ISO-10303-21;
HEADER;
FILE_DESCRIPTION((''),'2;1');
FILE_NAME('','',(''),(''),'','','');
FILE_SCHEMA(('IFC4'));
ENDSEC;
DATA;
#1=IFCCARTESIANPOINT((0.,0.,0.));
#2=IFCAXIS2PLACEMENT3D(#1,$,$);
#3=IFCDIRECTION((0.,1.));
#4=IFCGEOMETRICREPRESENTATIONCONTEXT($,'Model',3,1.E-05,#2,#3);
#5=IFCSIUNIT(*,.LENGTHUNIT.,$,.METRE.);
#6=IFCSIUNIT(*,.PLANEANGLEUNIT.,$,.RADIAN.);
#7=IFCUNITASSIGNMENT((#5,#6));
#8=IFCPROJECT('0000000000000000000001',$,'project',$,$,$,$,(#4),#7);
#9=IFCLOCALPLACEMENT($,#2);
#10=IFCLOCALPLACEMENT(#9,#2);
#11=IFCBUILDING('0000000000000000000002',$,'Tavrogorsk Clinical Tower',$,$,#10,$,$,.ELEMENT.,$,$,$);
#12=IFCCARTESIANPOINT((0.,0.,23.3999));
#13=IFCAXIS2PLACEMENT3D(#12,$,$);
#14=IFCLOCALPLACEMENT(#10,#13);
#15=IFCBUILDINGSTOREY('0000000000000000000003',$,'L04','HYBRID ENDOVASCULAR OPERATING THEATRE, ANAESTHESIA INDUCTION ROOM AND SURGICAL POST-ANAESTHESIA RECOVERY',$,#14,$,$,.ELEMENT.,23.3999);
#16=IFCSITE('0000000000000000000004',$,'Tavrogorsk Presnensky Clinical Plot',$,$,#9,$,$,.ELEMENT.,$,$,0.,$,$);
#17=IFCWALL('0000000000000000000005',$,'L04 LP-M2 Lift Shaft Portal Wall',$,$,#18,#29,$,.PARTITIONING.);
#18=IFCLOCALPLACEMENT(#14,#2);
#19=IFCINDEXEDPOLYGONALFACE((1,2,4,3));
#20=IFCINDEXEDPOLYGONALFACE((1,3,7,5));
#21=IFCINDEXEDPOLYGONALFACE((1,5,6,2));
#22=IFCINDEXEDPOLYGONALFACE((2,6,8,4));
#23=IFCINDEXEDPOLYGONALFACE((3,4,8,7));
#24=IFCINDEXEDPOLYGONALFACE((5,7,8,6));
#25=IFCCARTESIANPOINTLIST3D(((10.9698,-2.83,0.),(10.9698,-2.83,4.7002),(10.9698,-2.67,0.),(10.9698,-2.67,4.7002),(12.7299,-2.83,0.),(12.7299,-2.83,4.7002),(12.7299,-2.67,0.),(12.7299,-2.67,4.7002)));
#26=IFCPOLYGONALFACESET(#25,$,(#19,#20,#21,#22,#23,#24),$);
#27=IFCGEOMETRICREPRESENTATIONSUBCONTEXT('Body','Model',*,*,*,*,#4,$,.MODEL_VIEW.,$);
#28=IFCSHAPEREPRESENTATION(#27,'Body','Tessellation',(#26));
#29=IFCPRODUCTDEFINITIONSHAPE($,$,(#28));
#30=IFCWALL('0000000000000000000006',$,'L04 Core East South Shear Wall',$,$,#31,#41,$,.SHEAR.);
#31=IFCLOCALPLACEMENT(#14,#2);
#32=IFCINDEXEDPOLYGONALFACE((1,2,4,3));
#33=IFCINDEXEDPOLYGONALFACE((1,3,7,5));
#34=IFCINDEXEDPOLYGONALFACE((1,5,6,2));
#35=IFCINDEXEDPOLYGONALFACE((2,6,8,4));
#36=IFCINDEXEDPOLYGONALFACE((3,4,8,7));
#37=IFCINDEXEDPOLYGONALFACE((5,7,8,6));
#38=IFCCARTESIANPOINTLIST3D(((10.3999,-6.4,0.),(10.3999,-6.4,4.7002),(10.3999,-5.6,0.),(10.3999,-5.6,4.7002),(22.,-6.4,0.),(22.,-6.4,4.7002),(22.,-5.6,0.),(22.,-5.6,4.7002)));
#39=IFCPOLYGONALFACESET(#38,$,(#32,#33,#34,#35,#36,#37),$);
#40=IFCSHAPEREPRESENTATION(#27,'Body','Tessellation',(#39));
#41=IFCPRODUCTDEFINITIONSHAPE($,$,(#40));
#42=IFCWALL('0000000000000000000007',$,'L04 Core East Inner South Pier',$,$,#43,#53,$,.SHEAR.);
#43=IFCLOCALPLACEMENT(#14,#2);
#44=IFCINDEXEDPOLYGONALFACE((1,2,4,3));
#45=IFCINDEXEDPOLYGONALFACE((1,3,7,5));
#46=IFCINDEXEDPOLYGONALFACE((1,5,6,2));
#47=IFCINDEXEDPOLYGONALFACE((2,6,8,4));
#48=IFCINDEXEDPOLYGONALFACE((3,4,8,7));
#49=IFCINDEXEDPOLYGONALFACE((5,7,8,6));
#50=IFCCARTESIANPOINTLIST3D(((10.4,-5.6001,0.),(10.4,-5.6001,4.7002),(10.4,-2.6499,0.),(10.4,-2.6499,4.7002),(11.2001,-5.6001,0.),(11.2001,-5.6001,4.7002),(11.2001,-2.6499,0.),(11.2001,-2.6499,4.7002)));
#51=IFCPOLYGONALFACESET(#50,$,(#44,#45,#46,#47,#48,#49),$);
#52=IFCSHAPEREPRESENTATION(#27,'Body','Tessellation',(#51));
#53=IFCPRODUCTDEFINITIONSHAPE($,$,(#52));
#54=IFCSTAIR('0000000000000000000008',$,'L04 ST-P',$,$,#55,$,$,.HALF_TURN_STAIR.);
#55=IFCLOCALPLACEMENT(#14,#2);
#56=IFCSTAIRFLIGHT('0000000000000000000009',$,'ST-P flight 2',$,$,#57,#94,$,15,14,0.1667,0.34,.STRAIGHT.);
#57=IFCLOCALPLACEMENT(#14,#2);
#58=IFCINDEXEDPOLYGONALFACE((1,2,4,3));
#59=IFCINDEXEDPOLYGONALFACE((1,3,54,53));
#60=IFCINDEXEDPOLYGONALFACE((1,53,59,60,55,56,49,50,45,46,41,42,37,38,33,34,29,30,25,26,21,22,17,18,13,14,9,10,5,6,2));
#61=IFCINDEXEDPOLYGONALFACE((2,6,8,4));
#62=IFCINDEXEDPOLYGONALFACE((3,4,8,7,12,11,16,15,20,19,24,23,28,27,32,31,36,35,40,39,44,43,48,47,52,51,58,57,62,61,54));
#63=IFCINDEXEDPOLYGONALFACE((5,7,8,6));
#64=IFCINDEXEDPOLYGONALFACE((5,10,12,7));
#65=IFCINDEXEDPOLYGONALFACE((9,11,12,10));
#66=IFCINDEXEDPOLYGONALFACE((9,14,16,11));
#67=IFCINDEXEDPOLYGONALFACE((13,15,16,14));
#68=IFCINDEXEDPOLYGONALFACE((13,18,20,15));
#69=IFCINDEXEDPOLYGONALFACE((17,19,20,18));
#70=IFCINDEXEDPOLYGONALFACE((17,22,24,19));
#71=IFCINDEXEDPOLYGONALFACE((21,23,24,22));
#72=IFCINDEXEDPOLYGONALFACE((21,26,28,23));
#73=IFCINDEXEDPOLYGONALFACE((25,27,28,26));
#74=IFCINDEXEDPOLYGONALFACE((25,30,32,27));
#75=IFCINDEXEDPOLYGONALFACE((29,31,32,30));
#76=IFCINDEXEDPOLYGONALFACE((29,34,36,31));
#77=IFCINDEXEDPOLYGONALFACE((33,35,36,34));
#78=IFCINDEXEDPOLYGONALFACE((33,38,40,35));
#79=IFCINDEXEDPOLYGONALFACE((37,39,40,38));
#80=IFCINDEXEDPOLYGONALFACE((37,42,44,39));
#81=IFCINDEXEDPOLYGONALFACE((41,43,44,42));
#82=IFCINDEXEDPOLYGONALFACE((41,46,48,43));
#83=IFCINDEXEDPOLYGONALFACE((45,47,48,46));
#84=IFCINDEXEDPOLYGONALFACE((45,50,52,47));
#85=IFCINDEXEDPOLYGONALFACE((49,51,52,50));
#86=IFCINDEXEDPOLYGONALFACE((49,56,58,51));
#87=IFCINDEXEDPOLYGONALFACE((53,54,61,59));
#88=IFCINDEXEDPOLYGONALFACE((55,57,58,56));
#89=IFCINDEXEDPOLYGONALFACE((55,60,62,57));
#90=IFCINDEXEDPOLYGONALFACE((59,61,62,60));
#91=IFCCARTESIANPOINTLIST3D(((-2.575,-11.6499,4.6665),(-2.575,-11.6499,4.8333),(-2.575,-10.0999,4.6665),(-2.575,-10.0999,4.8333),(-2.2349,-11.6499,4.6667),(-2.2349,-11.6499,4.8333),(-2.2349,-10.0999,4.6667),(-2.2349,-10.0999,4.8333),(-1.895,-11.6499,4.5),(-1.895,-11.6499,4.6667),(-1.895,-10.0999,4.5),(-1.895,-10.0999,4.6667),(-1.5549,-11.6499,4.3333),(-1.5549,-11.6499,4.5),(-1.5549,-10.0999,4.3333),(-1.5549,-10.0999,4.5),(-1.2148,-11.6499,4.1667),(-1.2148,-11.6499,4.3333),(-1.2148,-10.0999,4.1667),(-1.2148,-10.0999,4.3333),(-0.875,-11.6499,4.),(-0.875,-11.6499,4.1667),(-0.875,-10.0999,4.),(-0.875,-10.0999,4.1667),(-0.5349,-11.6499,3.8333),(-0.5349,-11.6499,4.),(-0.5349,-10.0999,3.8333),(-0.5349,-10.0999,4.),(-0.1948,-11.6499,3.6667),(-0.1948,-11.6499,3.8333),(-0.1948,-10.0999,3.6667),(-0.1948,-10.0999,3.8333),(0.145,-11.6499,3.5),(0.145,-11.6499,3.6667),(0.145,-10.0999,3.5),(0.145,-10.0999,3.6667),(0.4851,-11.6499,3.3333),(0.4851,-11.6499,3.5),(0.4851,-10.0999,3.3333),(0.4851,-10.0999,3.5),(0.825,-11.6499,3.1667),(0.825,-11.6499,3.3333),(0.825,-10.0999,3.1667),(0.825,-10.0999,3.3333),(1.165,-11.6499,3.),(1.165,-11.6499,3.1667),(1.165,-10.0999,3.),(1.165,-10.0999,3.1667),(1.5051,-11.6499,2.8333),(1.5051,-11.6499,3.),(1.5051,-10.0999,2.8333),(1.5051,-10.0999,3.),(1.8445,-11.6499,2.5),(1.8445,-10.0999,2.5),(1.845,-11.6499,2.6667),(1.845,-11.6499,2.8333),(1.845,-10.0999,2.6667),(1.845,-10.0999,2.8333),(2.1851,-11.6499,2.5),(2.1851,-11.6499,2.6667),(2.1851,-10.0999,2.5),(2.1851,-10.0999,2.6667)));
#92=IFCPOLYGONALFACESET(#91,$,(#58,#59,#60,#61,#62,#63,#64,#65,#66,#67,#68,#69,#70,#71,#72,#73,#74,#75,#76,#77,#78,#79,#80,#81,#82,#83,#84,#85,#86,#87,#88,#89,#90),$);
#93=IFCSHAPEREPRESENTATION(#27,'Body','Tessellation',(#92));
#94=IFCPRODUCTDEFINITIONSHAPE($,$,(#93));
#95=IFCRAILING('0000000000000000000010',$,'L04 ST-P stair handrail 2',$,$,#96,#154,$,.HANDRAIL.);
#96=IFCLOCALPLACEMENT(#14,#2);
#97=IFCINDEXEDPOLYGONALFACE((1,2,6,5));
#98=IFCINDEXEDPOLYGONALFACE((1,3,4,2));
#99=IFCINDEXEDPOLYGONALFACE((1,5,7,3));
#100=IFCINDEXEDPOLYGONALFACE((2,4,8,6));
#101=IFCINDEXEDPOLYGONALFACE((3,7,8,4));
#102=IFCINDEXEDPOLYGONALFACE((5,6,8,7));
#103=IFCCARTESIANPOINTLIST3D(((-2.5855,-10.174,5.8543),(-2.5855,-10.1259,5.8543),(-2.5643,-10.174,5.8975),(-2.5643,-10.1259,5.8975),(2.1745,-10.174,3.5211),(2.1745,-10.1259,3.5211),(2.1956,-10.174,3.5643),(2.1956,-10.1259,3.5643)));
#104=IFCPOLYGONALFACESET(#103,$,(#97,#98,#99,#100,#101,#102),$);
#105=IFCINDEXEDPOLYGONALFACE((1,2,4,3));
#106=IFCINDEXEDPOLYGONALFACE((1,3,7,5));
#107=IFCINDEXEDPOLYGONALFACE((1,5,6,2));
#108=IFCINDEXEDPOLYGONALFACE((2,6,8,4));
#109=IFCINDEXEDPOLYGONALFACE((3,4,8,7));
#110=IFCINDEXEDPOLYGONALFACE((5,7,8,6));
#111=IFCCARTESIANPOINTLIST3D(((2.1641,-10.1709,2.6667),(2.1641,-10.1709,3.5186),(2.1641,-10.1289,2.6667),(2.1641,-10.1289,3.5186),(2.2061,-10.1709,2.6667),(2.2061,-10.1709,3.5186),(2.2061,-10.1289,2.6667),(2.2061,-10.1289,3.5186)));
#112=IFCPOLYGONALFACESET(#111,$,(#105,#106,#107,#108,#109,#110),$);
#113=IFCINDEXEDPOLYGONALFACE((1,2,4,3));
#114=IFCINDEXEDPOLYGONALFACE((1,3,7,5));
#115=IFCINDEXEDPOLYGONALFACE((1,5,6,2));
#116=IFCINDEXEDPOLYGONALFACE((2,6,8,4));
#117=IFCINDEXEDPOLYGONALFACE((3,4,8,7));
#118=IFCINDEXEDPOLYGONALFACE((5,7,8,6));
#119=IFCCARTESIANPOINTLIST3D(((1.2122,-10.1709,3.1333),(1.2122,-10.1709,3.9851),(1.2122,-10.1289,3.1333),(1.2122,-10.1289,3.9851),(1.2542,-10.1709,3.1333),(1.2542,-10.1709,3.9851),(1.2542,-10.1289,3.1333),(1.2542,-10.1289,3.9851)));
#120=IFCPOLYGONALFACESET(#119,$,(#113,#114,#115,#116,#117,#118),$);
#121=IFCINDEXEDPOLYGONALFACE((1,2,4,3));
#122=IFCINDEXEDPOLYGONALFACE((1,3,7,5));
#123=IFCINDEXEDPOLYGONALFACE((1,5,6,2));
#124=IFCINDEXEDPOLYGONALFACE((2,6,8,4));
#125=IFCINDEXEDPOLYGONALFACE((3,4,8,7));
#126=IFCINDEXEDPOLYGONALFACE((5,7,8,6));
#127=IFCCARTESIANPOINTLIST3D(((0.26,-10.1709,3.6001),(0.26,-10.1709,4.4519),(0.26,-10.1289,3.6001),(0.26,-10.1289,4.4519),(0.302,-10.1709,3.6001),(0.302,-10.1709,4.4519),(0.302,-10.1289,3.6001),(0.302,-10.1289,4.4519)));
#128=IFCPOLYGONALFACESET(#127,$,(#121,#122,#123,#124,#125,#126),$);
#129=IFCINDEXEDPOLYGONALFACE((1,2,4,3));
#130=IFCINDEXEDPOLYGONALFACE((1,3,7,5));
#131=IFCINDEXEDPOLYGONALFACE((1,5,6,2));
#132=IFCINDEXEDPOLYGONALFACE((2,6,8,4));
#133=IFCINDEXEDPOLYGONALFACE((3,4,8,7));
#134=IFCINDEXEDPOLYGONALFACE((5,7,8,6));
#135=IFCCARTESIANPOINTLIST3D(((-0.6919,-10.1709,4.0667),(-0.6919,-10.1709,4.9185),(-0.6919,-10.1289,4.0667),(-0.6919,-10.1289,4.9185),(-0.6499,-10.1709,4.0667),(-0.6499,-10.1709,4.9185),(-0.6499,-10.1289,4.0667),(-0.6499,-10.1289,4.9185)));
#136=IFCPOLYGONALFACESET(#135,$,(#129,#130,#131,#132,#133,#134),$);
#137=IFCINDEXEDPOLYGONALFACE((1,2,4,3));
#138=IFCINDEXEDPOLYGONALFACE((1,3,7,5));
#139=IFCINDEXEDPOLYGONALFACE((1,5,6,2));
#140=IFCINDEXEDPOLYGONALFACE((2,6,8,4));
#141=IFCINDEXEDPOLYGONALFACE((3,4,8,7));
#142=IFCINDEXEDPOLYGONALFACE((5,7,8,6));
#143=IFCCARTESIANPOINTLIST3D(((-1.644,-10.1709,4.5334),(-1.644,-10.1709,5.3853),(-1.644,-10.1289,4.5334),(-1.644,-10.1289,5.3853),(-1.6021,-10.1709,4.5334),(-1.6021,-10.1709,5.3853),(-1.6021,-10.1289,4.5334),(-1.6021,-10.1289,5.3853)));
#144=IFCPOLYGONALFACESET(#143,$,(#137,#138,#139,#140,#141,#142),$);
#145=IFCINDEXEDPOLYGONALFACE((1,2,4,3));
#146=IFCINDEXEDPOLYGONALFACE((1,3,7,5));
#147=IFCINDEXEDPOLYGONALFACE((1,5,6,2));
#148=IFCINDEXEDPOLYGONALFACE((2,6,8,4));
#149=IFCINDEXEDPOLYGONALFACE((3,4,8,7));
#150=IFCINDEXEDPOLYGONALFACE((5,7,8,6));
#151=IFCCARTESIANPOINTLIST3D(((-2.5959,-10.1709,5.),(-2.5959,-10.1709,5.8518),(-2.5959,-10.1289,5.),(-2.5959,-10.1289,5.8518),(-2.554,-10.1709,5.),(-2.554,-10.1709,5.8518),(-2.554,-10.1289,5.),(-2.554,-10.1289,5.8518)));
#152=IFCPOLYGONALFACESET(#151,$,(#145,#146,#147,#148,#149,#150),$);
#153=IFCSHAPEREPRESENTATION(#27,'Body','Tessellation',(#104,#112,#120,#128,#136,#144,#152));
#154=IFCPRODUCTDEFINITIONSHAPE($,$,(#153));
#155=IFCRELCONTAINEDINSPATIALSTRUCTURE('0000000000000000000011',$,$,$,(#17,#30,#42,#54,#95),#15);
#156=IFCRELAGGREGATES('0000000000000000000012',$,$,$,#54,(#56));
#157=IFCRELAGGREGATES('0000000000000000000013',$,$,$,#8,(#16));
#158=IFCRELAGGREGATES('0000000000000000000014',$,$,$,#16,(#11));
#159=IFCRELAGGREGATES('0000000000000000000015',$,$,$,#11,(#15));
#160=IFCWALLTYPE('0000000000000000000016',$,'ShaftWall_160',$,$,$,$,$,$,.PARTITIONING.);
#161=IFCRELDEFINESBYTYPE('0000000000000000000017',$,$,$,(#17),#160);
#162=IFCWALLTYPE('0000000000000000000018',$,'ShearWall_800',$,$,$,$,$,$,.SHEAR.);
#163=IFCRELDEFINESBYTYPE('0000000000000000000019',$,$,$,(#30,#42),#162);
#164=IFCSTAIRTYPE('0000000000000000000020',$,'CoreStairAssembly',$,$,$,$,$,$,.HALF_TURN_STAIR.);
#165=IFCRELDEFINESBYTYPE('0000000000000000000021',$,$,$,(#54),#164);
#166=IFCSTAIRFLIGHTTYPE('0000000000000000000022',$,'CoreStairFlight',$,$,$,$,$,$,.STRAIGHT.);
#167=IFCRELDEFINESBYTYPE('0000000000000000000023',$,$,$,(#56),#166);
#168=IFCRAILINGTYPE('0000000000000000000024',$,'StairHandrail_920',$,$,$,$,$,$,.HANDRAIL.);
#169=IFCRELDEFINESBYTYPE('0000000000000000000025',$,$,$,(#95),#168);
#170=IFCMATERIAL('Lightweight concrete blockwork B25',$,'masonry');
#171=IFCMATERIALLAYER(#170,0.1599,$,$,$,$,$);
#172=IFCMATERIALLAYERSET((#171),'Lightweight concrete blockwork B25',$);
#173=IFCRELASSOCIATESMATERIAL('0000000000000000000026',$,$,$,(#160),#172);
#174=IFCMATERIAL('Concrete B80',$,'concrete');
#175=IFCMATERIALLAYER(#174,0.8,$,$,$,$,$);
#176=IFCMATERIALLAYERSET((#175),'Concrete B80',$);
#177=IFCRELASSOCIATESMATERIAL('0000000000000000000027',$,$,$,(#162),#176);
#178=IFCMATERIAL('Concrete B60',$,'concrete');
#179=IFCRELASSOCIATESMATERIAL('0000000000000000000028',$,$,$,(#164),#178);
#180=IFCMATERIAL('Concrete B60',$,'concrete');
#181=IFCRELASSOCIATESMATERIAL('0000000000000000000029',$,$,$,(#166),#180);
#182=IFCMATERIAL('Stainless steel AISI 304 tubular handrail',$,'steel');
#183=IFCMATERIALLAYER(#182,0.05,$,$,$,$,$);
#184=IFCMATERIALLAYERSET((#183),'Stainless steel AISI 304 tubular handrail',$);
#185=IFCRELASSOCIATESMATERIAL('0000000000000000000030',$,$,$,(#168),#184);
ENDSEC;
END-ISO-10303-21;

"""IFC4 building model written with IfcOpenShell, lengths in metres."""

from ifc_helpers import new_model, si_unit, direction, frame, frame_2d, origin, origin_2d, place, context, subcontext, project, spatial, polyline, rectangle, outline, extrude, material, layer, layer_set, type_object, element, aggregate, save


model = new_model("IFC4")

# Units and contexts
model_context = context("Model", 3, precision=1e-05, world=origin(), true_north=direction((0.0, 1.0)))
body_context = subcontext(model_context, "Body", "Model", "MODEL_VIEW")
ifc_project = project(units=[si_unit("LENGTHUNIT", "METRE"), si_unit("PLANEANGLEUNIT", "RADIAN")], contexts=[model_context])

# Site, building, storey
site_placement = place(None, origin())
site = spatial("IfcSite", under=ifc_project, at=site_placement, Name="Tavrogorsk Presnensky Clinical Plot", CompositionType="ELEMENT", RefElevation=0.0)
building_placement = place(site_placement, origin())
building = spatial("IfcBuilding", under=site, at=building_placement, Name="Tavrogorsk Clinical Tower", CompositionType="ELEMENT")
storey_placement = place(building_placement, frame((0.0, 0.0, 23.3999)))
storey = spatial("IfcBuildingStorey", under=building, at=storey_placement, Name="L04", Description="HYBRID ENDOVASCULAR OPERATING THEATRE, ANAESTHESIA INDUCTION ROOM AND SURGICAL POST-ANAESTHESIA RECOVERY", CompositionType="ELEMENT", Elevation=23.3999)

# Shared definitions
ifc_material_1 = material(Name="Lightweight concrete blockwork B25", Category="masonry")
ifc_layer_1 = layer(ifc_material_1, 0.1599)
ifc_layer_set_1 = layer_set([ifc_layer_1], Name="Lightweight concrete blockwork B25")
wall_type_1 = type_object("IfcWallType", Name="ShaftWall_160", PredefinedType="PARTITIONING", material=ifc_layer_set_1)

# Walls
wall_1_placement = place(storey_placement, frame((10.97, -2.75, 0.0), z_axis=(0.0, 0.0, 1.0), x_axis=(1.0, 0.0, 0.0)))
element("IfcWall", 1, at=wall_1_placement, inside=storey, type_object=wall_type_1, Name="L04 LP-M2 Lift Shaft Portal Wall", PredefinedType="PARTITIONING", context=body_context, shape_type="SweptSolid", body=[
    extrude(rectangle(XDim=1.76, YDim=0.1599, at=frame_2d((0.8799, 0.0))), origin(), (0.0, 0.0, 1.0), 4.7002),
])
ifc_material_2 = material(Name="Concrete B80", Category="concrete")
ifc_layer_2 = layer(ifc_material_2, 0.8)
ifc_layer_set_2 = layer_set([ifc_layer_2], Name="Concrete B80")
wall_type_2 = type_object("IfcWallType", Name="ShearWall_800", PredefinedType="SHEAR", material=ifc_layer_set_2)
wall_2_placement = place(storey_placement, frame((10.3999, -6.0, 0.0), z_axis=(0.0, 0.0, 1.0), x_axis=(1.0, 0.0, 0.0)))
element("IfcWall", 2, at=wall_2_placement, inside=storey, type_object=wall_type_2, Name="L04 Core East South Shear Wall", PredefinedType="SHEAR", context=body_context, shape_type="SweptSolid", body=[
    extrude(rectangle(XDim=11.6001, YDim=0.8, at=frame_2d((5.8, 0.0))), origin(), (0.0, 0.0, 1.0), 4.7002),
])
wall_3_placement = place(storey_placement, frame((10.8, -5.6001, 0.0), z_axis=(0.0, 0.0, 1.0), x_axis=(0.0, 1.0, 0.0)))
element("IfcWall", 3, at=wall_3_placement, inside=storey, type_object=wall_type_2, Name="L04 Core East Inner South Pier", PredefinedType="SHEAR", context=body_context, shape_type="SweptSolid", body=[
    extrude(rectangle(XDim=2.9502, YDim=0.8, at=frame_2d((1.4751, 0.0))), origin(), (0.0, 0.0, 1.0), 4.7002),
])

# Stair, stair flight
ifc_material_3 = material(Name="Concrete B60", Category="concrete")
stair_type = type_object("IfcStairType", Name="CoreStairAssembly", PredefinedType="HALF_TURN_STAIR", material=ifc_material_3)
stair_placement = place(storey_placement, origin())
stair = element("IfcStair", 4, at=stair_placement, inside=storey, type_object=stair_type, Name="L04 ST-P", PredefinedType="HALF_TURN_STAIR")
ifc_material_4 = material(Name="Concrete B60", Category="concrete")
stair_flight_type = type_object("IfcStairFlightType", Name="CoreStairFlight", PredefinedType="STRAIGHT", material=ifc_material_4)
stair_flight_placement = place(storey_placement, frame((2.1851, -10.875, 2.5), z_axis=(0.0, 0.0, 1.0), x_axis=(-1.0, 0.0, 0.0)))
stair_flight = element("IfcStairFlight", 5, at=stair_flight_placement, type_object=stair_flight_type, Name="ST-P flight 2", NumberOfRisers=15, NumberOfTreads=14, PredefinedType="STRAIGHT", RiserHeight=0.1667, TreadLength=0.34, context=body_context, shape_type="SweptSolid", body=[
    extrude(outline(polyline([(0.0, 0.0), (0.0, 0.1667), (0.3401, 0.1667), (0.3401, 0.3333), (0.6799, 0.3333), (0.6799, 0.5), (1.02, 0.5), (1.02, 0.6667), (1.3601, 0.6667), (1.3601, 0.8333), (1.7, 0.8333), (1.7, 1.0), (2.04, 1.0), (2.04, 1.1667), (2.3799, 1.1667), (2.3799, 1.3333), (2.72, 1.3333), (2.72, 1.5), (3.0601, 1.5), (3.0601, 1.6667), (3.3999, 1.6667), (3.3999, 1.8333), (3.74, 1.8333), (3.74, 2.0), (4.0801, 2.0), (4.0801, 2.1667), (4.4199, 2.1667), (4.4199, 2.3333), (4.76, 2.3333), (4.76, 2.5), (4.76, 2.1665), (0.3406, 0.0), (0.0, 0.0)])), frame((0.0, 0.7749, 0.0), z_axis=(0.0, -1.0, 0.0), x_axis=(1.0, 0.0, 0.0)), (0.0, 0.0, 1.0), 1.55),
])
aggregate(stair, [stair_flight])

# Railing
ifc_material_5 = material(Name="Stainless steel AISI 304 tubular handrail", Category="steel")
ifc_layer_3 = layer(ifc_material_5, 0.05)
ifc_layer_set_3 = layer_set([ifc_layer_3], Name="Stainless steel AISI 304 tubular handrail")
railing_type = type_object("IfcRailingType", Name="StairHandrail_920", PredefinedType="HANDRAIL", material=ifc_layer_set_3)
railing_placement = place(storey_placement, frame((2.1851, -10.1499, 2.6667)))
element("IfcRailing", 6, at=railing_placement, inside=storey, type_object=railing_type, Name="L04 ST-P stair handrail 2", PredefinedType="HANDRAIL", context=body_context, shape_type="SweptSolid", body=[
    extrude(rectangle(XDim=0.0481, YDim=0.0481, at=origin_2d()), frame((0.0, 0.0, 0.876), z_axis=(-0.897927, 0.0, 0.440144), x_axis=(0.0, -1.0, 0.0)), (0.0, 0.0, 1.0), 5.301),
    extrude(rectangle(XDim=0.042, YDim=0.042, at=origin_2d()), origin(), (0.0, 0.0, 1.0), 0.8518),
    extrude(rectangle(XDim=0.042, YDim=0.042, at=origin_2d()), frame((-0.9519, 0.0, 0.4666)), (0.0, 0.0, 1.0), 0.8518),
    extrude(rectangle(XDim=0.042, YDim=0.042, at=origin_2d()), frame((-1.9041, 0.0, 0.9333)), (0.0, 0.0, 1.0), 0.8518),
    extrude(rectangle(XDim=0.042, YDim=0.042, at=origin_2d()), frame((-2.856, 0.0, 1.3999)), (0.0, 0.0, 1.0), 0.8518),
    extrude(rectangle(XDim=0.042, YDim=0.042, at=origin_2d()), frame((-3.8081, 0.0, 1.8667)), (0.0, 0.0, 1.0), 0.8518),
    extrude(rectangle(XDim=0.042, YDim=0.042, at=origin_2d()), frame((-4.76, 0.0, 2.3333)), (0.0, 0.0, 1.0), 0.8518),
])

save(model, "model.ifc")
